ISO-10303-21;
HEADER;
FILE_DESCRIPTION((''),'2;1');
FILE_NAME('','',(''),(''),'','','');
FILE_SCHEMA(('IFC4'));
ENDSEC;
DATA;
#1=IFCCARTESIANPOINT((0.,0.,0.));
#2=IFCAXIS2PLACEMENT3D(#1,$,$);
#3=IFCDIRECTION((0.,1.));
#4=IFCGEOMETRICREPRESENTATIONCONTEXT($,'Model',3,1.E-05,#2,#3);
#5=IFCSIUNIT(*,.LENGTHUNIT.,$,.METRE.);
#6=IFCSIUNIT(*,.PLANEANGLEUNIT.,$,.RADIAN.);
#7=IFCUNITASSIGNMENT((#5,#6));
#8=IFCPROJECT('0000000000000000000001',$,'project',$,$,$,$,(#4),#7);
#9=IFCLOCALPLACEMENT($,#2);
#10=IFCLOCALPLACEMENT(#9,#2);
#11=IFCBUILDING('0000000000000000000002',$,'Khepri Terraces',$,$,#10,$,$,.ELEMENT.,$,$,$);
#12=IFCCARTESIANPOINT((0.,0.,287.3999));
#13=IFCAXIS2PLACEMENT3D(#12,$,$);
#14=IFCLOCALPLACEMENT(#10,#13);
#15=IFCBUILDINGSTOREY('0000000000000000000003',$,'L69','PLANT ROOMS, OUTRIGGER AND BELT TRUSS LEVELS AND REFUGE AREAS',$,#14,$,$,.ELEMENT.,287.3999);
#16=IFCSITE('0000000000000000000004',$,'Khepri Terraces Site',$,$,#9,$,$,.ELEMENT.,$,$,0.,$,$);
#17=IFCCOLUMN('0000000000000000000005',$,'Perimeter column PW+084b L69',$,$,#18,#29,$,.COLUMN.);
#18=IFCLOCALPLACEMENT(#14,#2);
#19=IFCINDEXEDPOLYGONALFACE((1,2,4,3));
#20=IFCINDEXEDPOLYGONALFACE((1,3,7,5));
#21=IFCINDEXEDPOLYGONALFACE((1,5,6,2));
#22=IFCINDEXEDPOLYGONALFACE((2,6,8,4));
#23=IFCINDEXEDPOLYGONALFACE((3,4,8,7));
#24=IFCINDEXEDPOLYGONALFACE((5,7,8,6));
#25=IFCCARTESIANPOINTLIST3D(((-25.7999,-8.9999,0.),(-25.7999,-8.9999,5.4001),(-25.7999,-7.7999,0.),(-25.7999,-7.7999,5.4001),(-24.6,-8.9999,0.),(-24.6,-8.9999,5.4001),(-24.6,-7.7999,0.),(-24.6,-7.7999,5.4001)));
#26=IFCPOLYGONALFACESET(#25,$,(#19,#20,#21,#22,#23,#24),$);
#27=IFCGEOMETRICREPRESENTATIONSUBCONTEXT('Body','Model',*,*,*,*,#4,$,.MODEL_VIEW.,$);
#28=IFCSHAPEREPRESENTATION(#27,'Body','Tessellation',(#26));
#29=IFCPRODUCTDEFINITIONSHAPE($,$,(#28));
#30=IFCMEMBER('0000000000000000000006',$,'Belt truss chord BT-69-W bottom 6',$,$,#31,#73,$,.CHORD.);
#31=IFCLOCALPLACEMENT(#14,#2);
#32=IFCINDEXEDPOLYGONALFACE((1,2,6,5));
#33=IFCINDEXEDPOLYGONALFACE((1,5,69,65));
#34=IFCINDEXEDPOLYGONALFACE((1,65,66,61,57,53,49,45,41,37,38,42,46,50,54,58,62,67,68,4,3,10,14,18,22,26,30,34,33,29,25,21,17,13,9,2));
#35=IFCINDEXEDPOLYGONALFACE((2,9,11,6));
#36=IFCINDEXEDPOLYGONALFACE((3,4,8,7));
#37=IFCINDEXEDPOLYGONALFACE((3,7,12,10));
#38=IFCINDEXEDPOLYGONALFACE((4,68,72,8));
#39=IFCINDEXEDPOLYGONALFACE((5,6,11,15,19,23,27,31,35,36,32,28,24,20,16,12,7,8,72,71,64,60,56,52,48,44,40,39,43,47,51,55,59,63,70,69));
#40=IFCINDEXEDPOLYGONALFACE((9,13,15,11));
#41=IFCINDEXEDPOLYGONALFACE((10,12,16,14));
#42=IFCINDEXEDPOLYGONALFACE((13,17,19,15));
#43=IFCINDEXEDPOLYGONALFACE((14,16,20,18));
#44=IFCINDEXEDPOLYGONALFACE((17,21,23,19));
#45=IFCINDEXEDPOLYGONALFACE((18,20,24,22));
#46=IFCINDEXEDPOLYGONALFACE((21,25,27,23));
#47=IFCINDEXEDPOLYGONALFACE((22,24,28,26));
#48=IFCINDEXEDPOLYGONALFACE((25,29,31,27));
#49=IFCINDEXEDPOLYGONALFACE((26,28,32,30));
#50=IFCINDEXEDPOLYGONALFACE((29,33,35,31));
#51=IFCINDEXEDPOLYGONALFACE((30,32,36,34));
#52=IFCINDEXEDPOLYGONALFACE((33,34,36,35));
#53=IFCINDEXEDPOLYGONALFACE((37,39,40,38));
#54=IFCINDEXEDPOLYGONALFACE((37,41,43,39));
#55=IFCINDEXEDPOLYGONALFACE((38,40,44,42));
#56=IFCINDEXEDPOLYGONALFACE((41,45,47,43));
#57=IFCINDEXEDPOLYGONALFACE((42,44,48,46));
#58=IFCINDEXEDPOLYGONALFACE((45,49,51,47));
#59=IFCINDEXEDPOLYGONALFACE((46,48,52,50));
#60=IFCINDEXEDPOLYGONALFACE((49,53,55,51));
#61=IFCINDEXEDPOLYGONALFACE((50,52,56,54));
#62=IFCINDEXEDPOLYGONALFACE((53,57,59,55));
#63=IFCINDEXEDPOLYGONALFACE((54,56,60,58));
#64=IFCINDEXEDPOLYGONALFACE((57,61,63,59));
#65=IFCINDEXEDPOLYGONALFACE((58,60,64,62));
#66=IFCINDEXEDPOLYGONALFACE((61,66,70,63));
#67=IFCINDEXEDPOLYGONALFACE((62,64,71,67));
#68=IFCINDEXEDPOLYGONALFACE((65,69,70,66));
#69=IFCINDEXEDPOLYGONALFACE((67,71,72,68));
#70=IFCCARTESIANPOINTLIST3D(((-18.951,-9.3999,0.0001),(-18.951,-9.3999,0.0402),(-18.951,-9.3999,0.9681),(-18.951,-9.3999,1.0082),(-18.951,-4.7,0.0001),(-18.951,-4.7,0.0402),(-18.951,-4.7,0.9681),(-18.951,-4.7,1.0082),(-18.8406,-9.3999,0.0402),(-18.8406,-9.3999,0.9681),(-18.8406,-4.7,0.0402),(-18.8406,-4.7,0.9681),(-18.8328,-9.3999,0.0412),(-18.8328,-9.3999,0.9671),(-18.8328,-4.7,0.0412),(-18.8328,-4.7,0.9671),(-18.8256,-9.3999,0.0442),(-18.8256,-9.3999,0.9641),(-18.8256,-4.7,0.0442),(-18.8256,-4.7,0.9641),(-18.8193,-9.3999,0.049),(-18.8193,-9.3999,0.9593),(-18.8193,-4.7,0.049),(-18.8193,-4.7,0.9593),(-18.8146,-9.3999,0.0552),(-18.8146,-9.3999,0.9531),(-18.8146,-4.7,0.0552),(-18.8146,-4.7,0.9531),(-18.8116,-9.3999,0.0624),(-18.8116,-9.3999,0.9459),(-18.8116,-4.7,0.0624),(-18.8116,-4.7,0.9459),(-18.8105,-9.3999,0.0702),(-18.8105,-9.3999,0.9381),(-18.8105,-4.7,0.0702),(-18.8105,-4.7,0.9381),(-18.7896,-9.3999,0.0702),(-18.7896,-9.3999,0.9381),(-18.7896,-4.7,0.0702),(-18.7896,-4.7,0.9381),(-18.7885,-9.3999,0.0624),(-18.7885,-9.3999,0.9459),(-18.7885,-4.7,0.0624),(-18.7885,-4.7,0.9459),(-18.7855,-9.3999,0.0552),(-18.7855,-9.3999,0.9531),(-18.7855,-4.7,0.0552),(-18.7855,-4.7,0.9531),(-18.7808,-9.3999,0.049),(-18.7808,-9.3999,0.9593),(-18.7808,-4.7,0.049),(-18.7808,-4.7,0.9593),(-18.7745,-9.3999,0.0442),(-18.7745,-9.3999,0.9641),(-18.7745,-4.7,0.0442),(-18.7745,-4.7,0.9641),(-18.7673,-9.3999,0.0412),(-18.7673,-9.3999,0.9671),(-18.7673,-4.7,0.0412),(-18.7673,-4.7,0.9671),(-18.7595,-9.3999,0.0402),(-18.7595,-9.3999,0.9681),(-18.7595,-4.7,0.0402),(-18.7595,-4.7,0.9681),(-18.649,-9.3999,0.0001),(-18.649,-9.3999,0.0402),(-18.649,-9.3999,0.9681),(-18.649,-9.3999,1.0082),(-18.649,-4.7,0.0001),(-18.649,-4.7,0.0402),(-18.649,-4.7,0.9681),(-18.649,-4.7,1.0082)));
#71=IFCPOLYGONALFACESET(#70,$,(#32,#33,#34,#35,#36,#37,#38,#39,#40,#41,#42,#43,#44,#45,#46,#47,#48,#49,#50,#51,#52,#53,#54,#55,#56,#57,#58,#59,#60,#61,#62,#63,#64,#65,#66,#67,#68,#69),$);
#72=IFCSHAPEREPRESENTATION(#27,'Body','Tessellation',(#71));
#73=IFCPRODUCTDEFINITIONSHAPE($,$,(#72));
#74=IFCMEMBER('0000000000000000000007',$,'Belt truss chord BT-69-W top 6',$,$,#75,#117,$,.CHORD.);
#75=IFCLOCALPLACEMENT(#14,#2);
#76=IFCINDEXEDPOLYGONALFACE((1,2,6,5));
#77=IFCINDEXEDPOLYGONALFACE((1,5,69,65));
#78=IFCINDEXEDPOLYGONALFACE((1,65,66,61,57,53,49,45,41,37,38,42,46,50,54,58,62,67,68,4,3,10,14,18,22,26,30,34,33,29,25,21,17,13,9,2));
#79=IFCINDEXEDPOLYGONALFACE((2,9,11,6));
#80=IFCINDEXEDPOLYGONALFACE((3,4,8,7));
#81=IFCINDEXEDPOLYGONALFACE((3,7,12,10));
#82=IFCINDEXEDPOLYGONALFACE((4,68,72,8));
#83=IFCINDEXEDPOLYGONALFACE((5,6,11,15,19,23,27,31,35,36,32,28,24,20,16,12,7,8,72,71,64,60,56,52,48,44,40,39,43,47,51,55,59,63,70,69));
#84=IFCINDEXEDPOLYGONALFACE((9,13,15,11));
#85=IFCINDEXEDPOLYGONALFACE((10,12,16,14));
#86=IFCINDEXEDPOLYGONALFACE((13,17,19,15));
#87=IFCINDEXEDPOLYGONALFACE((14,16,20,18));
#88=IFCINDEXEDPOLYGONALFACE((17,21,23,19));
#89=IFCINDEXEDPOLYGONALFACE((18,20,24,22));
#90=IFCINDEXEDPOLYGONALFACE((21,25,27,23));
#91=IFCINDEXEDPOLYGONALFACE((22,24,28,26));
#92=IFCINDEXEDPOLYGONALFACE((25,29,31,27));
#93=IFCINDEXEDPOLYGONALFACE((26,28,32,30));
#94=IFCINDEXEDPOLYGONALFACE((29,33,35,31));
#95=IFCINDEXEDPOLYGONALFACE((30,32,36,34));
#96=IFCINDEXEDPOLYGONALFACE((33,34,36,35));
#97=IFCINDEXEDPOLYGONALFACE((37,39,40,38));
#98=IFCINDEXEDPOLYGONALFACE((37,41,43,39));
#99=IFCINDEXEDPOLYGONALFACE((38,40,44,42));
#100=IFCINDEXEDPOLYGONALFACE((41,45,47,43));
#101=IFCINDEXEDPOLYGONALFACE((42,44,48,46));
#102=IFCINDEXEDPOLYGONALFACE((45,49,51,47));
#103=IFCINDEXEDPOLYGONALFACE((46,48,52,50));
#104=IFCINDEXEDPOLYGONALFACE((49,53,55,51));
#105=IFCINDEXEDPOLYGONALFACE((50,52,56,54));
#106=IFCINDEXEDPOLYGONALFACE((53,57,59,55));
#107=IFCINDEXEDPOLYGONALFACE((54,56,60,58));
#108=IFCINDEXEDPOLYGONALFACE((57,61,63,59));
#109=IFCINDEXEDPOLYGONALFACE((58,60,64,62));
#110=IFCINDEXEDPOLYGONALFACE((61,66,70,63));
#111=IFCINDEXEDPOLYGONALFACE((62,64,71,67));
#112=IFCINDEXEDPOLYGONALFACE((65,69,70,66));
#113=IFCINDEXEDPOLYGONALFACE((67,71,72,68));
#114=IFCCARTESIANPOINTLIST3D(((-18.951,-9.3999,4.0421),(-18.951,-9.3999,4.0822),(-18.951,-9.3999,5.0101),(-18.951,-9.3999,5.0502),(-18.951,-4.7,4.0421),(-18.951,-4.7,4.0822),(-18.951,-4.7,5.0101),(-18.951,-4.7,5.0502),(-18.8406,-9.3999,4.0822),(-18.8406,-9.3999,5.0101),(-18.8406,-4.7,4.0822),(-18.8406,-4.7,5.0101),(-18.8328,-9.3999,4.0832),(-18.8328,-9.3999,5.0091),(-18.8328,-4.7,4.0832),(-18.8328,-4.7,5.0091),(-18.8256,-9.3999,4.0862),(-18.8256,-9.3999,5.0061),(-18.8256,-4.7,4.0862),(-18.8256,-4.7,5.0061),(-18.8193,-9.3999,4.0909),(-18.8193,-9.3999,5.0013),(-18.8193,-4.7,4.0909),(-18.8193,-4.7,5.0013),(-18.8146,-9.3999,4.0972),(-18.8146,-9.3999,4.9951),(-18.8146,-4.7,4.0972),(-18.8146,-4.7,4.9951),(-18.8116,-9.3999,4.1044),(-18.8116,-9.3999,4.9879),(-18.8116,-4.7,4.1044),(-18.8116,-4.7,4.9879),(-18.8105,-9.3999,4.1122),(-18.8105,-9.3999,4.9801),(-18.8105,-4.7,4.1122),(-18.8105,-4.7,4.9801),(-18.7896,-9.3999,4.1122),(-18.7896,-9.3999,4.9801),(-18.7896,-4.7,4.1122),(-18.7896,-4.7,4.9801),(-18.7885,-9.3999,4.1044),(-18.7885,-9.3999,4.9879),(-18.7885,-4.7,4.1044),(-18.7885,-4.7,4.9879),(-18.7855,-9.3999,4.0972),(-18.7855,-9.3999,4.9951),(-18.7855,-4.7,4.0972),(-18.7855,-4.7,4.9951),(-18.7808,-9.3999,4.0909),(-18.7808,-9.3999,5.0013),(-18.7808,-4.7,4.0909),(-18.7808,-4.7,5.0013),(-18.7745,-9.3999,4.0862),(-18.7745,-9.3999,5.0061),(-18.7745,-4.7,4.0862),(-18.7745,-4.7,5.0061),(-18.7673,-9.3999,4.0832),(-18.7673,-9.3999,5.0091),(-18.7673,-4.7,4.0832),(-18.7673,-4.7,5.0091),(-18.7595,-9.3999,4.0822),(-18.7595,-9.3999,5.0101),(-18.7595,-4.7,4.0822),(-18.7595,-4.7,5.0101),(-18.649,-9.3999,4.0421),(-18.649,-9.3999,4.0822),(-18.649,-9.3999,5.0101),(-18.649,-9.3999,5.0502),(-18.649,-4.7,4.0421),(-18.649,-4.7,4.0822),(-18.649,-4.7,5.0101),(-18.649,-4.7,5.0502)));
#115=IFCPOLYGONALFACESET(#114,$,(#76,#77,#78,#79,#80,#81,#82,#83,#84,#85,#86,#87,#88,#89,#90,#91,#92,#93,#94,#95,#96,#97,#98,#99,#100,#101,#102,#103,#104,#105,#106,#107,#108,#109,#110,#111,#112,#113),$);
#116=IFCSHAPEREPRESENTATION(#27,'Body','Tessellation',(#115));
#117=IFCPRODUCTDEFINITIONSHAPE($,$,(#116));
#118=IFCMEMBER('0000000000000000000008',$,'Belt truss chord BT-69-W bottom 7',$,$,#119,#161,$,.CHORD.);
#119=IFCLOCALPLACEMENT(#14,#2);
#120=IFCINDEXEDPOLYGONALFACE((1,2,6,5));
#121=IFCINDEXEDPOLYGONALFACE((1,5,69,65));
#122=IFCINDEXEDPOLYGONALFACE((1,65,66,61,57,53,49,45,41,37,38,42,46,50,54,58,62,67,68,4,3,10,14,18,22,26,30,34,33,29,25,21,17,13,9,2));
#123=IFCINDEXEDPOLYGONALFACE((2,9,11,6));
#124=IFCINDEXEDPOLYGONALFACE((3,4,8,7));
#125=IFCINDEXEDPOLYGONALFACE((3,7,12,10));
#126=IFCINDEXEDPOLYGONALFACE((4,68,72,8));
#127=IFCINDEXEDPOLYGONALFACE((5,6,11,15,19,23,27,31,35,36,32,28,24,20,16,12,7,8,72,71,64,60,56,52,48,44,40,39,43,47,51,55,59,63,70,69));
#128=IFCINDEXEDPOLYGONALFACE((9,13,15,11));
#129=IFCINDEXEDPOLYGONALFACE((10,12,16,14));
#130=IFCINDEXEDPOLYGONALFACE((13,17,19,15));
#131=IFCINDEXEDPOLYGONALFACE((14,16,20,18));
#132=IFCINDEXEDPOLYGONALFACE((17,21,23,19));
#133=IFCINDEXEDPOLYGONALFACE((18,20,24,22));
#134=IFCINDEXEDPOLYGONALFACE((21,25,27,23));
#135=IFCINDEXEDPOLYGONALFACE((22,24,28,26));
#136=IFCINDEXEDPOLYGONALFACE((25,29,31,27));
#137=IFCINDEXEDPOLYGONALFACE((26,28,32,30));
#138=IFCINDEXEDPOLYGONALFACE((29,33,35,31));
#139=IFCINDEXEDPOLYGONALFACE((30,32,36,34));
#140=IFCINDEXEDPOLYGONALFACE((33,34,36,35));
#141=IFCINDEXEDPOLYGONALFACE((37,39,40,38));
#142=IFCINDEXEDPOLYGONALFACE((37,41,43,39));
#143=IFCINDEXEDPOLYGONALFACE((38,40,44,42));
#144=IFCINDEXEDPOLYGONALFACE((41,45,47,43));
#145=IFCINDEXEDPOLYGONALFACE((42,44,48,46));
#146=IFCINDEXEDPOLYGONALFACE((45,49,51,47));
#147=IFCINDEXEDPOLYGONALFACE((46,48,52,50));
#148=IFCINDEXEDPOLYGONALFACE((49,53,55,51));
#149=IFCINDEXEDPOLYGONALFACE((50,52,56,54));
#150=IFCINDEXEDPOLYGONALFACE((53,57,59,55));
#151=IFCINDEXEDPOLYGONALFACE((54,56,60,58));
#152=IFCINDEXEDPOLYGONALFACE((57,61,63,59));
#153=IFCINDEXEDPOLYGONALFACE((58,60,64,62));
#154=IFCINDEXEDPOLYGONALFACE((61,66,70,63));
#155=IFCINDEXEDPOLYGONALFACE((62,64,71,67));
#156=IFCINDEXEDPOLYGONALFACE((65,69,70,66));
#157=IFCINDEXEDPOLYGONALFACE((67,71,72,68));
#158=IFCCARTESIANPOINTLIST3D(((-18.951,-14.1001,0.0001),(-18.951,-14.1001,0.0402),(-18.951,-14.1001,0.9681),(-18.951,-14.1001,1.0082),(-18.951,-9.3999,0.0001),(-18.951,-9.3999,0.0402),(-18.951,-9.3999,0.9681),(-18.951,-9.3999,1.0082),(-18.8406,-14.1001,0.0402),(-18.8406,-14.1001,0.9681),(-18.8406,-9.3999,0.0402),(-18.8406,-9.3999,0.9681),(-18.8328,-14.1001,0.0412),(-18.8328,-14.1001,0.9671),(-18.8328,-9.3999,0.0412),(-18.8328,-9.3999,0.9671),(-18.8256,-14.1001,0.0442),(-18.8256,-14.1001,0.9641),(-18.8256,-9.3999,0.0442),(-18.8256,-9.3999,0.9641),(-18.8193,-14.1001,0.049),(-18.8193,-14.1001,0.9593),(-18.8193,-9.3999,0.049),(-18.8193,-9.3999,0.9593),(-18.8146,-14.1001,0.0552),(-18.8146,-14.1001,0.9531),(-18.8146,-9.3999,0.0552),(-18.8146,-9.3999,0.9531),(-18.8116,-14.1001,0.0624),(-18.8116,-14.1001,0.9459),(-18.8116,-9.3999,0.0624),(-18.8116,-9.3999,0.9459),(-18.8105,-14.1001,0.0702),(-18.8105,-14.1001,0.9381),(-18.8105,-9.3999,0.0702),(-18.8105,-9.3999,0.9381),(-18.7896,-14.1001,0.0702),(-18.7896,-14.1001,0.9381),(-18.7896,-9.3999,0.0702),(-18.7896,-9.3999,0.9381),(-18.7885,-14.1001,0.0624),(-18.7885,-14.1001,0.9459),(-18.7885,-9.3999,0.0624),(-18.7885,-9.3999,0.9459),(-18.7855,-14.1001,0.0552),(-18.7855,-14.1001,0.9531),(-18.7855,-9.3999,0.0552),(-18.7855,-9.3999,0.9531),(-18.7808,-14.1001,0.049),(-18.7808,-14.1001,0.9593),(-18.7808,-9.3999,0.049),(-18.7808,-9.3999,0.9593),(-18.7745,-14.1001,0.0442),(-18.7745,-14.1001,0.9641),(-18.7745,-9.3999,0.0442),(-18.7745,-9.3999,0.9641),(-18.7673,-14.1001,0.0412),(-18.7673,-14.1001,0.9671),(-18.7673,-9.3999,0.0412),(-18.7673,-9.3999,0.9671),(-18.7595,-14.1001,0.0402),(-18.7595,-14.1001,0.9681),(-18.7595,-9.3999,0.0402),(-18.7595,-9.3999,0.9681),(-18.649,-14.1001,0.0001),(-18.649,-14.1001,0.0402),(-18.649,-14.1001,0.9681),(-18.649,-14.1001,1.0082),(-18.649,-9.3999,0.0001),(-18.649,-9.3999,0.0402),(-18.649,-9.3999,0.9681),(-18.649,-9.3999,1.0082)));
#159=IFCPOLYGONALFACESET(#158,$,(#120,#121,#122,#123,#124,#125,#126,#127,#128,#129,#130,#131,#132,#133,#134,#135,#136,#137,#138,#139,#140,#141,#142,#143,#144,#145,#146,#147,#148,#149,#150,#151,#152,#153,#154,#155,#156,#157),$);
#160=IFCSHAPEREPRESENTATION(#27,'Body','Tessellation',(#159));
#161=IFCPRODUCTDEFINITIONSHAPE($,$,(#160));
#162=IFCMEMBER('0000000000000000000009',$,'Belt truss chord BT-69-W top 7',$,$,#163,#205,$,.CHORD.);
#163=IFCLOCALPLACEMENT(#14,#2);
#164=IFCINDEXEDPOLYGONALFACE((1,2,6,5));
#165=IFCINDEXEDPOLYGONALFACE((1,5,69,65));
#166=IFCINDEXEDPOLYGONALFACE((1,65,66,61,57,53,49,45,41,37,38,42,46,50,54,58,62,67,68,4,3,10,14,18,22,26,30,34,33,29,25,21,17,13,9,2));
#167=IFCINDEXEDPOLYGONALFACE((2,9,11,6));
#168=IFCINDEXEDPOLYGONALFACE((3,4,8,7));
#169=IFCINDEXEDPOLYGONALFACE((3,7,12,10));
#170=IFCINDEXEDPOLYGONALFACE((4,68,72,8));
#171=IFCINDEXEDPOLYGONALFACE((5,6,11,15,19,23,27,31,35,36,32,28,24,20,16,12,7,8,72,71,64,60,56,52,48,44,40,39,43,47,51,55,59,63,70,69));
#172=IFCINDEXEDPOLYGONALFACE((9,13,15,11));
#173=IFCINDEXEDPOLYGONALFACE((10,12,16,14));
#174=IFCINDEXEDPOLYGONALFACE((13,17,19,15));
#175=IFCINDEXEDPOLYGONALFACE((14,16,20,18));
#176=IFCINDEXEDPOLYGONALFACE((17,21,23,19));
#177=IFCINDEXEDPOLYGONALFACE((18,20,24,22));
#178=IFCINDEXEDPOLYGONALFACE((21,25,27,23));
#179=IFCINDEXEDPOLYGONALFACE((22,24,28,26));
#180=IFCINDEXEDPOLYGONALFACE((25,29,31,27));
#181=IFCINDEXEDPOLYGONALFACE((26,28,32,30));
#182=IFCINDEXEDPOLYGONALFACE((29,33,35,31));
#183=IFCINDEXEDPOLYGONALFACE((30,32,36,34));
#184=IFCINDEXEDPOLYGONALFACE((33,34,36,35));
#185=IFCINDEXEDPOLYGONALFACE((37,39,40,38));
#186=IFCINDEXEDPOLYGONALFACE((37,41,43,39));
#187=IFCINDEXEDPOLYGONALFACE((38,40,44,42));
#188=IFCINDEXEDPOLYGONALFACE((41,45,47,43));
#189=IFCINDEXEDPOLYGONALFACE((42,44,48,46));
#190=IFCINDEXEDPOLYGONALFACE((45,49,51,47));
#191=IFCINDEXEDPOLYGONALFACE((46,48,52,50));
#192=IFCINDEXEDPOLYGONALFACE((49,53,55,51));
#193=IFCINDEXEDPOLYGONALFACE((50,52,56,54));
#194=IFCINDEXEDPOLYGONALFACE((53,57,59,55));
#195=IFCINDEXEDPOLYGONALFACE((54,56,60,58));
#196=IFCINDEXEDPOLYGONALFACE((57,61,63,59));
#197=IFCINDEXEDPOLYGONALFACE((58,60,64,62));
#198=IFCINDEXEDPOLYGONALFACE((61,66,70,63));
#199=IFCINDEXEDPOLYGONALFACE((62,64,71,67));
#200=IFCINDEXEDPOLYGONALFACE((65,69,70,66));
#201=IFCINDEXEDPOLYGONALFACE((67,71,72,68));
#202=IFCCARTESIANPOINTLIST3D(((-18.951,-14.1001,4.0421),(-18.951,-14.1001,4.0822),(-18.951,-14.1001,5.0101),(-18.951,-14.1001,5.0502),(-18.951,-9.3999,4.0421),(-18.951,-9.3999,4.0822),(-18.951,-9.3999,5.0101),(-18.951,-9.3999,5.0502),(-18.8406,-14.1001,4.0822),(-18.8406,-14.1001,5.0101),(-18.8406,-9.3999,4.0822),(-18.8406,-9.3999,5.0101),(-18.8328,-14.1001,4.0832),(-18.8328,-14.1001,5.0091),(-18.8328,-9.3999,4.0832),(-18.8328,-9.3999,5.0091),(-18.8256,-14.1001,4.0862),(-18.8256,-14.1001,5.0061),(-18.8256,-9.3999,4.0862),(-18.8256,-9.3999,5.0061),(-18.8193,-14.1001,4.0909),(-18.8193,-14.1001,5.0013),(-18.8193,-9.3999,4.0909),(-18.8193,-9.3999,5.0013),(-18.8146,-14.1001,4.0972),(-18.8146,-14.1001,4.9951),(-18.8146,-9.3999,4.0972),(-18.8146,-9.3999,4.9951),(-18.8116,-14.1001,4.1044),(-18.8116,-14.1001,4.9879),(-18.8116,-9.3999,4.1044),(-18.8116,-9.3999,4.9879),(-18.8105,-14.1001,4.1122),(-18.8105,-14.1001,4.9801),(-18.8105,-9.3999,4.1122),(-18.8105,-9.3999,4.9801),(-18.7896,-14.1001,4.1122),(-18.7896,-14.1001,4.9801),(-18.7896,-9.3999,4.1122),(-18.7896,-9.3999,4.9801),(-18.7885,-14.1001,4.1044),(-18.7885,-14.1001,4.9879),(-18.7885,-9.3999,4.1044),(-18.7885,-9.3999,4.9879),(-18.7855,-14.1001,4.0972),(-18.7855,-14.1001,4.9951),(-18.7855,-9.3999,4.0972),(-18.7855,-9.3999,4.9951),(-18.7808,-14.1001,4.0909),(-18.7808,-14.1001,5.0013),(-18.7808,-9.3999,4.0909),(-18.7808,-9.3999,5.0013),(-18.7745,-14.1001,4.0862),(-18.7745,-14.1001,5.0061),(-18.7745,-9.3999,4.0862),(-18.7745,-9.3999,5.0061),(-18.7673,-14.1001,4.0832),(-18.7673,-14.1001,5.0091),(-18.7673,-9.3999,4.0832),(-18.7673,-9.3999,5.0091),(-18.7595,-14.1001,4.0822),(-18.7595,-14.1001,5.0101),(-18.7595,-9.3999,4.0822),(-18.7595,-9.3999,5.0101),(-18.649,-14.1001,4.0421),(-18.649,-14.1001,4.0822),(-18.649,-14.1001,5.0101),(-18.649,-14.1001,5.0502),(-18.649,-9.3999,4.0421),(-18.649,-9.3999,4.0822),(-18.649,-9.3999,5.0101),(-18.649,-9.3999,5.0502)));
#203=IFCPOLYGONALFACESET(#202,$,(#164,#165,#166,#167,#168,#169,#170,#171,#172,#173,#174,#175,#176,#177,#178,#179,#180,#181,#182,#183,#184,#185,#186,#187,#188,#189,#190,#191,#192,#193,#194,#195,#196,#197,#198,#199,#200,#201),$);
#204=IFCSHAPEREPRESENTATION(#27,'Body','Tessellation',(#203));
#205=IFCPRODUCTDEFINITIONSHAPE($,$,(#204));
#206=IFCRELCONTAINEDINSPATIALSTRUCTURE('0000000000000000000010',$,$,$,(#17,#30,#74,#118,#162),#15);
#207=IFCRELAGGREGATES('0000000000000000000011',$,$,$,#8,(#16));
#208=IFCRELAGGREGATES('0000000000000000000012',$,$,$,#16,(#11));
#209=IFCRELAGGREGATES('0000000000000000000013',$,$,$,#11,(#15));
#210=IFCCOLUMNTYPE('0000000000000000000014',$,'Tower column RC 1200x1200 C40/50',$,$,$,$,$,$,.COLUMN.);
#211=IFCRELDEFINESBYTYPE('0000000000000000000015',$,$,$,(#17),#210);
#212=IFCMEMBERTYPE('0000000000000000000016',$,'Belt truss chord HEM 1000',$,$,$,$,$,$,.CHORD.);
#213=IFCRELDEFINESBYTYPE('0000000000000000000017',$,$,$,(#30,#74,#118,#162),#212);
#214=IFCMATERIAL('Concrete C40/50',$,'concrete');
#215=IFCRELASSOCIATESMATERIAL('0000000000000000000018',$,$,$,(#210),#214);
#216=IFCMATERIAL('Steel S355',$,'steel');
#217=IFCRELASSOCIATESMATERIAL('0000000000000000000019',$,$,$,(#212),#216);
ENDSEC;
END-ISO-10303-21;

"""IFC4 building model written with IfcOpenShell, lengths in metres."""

from ifc_helpers import new_model, si_unit, direction, frame, origin, origin_2d, place, context, subcontext, project, spatial, rectangle, i_section, extrude, material, material_profile, profile_set, type_object, element, save


model = new_model("IFC4")

# Units and contexts
model_context = context("Model", 3, precision=1e-05, world=origin(), true_north=direction((0.0, 1.0)))
body_context = subcontext(model_context, "Body", "Model", "MODEL_VIEW")
ifc_project = project(units=[si_unit("LENGTHUNIT", "METRE"), si_unit("PLANEANGLEUNIT", "RADIAN")], contexts=[model_context])

# Site, building, storey
site_placement = place(None, origin())
site = spatial("IfcSite", under=ifc_project, at=site_placement, Name="Khepri Terraces Site", CompositionType="ELEMENT", RefElevation=0.0)
building_placement = place(site_placement, origin())
building = spatial("IfcBuilding", under=site, at=building_placement, Name="Khepri Terraces", CompositionType="ELEMENT")
storey_placement = place(building_placement, frame((0.0, 0.0, 287.3999)))
storey = spatial("IfcBuildingStorey", under=building, at=storey_placement, Name="L69", Description="PLANT ROOMS, OUTRIGGER AND BELT TRUSS LEVELS AND REFUGE AREAS", CompositionType="ELEMENT", Elevation=287.3999)

# Column
ifc_material_1 = material(Name="Concrete C40/50", Category="concrete")
ifc_material_profile_1 = material_profile(ifc_material_1, rectangle(XDim=1.2, YDim=1.2, at=origin_2d()), Name="Concrete C40/50", Category="concrete")
ifc_profile_set_1 = profile_set([ifc_material_profile_1], Name="Concrete C40/50")
column_type = type_object("IfcColumnType", Name="Tower column RC 1200x1200 C40/50", PredefinedType="COLUMN", material=ifc_profile_set_1)
column_placement = place(storey_placement, frame((-25.2, -8.3999, 0.0), z_axis=(0.0, 0.0, 1.0), x_axis=(1.0, 0.0, 0.0)))
element("IfcColumn", 1, at=column_placement, inside=storey, type_object=column_type, Name="Perimeter column PW+084b L69", PredefinedType="COLUMN", context=body_context, shape_type="SweptSolid", body=[
    extrude(rectangle(XDim=1.2, YDim=1.2, at=origin_2d()), origin(), (0.0, 0.0, 1.0), 5.4001),
])

# Members
ifc_material_2 = material(Name="Steel S355", Category="steel")
ifc_material_profile_2 = material_profile(ifc_material_2, i_section(OverallWidth=0.302, OverallDepth=1.0081, WebThickness=0.021, FlangeThickness=0.04, FilletRadius=0.03, at=origin_2d()), Name="Steel S355", Category="steel")
ifc_profile_set_2 = profile_set([ifc_material_profile_2], Name="Steel S355")
member_type_1 = type_object("IfcMemberType", Name="Belt truss chord HEM 1000", PredefinedType="CHORD", material=ifc_profile_set_2)
for number, where, z_axis, x_axis, name in (
    (2, (-18.8, -4.7, 0.5042), (0.0, -1.0, 0.0), (1.0, 0.0, 0.0), "Belt truss chord BT-69-W bottom 6"),
    (3, (-18.8, -4.7, 4.5461), (0.0, -1.0, 0.0), (1.0, 0.0, 0.0), "Belt truss chord BT-69-W top 6"),
):
    element("IfcMember", number, at=place(storey_placement, frame(where, z_axis=z_axis, x_axis=x_axis)), inside=storey, type_object=member_type_1, Name=name, PredefinedType="CHORD", context=body_context, shape_type="SweptSolid", body=[
        extrude(i_section(OverallWidth=0.302, OverallDepth=1.0081, WebThickness=0.021, FlangeThickness=0.04, FilletRadius=0.03, at=origin_2d()), origin(), (0.0, 0.0, 1.0), 4.7),
    ])
for number, where, z_axis, x_axis, name in (
    (4, (-18.8, -9.3999, 0.5042), (0.0, -1.0, 0.0), (1.0, 0.0, 0.0), "Belt truss chord BT-69-W bottom 7"),
    (5, (-18.8, -9.3999, 4.5461), (0.0, -1.0, 0.0), (1.0, 0.0, 0.0), "Belt truss chord BT-69-W top 7"),
):
    element("IfcMember", number, at=place(storey_placement, frame(where, z_axis=z_axis, x_axis=x_axis)), inside=storey, type_object=member_type_1, Name=name, PredefinedType="CHORD", context=body_context, shape_type="SweptSolid", body=[
        extrude(i_section(OverallWidth=0.302, OverallDepth=1.0081, WebThickness=0.021, FlangeThickness=0.04, FilletRadius=0.03, at=origin_2d()), origin(), (0.0, 0.0, 1.0), 4.7002),
    ])

save(model, "model.ifc")
